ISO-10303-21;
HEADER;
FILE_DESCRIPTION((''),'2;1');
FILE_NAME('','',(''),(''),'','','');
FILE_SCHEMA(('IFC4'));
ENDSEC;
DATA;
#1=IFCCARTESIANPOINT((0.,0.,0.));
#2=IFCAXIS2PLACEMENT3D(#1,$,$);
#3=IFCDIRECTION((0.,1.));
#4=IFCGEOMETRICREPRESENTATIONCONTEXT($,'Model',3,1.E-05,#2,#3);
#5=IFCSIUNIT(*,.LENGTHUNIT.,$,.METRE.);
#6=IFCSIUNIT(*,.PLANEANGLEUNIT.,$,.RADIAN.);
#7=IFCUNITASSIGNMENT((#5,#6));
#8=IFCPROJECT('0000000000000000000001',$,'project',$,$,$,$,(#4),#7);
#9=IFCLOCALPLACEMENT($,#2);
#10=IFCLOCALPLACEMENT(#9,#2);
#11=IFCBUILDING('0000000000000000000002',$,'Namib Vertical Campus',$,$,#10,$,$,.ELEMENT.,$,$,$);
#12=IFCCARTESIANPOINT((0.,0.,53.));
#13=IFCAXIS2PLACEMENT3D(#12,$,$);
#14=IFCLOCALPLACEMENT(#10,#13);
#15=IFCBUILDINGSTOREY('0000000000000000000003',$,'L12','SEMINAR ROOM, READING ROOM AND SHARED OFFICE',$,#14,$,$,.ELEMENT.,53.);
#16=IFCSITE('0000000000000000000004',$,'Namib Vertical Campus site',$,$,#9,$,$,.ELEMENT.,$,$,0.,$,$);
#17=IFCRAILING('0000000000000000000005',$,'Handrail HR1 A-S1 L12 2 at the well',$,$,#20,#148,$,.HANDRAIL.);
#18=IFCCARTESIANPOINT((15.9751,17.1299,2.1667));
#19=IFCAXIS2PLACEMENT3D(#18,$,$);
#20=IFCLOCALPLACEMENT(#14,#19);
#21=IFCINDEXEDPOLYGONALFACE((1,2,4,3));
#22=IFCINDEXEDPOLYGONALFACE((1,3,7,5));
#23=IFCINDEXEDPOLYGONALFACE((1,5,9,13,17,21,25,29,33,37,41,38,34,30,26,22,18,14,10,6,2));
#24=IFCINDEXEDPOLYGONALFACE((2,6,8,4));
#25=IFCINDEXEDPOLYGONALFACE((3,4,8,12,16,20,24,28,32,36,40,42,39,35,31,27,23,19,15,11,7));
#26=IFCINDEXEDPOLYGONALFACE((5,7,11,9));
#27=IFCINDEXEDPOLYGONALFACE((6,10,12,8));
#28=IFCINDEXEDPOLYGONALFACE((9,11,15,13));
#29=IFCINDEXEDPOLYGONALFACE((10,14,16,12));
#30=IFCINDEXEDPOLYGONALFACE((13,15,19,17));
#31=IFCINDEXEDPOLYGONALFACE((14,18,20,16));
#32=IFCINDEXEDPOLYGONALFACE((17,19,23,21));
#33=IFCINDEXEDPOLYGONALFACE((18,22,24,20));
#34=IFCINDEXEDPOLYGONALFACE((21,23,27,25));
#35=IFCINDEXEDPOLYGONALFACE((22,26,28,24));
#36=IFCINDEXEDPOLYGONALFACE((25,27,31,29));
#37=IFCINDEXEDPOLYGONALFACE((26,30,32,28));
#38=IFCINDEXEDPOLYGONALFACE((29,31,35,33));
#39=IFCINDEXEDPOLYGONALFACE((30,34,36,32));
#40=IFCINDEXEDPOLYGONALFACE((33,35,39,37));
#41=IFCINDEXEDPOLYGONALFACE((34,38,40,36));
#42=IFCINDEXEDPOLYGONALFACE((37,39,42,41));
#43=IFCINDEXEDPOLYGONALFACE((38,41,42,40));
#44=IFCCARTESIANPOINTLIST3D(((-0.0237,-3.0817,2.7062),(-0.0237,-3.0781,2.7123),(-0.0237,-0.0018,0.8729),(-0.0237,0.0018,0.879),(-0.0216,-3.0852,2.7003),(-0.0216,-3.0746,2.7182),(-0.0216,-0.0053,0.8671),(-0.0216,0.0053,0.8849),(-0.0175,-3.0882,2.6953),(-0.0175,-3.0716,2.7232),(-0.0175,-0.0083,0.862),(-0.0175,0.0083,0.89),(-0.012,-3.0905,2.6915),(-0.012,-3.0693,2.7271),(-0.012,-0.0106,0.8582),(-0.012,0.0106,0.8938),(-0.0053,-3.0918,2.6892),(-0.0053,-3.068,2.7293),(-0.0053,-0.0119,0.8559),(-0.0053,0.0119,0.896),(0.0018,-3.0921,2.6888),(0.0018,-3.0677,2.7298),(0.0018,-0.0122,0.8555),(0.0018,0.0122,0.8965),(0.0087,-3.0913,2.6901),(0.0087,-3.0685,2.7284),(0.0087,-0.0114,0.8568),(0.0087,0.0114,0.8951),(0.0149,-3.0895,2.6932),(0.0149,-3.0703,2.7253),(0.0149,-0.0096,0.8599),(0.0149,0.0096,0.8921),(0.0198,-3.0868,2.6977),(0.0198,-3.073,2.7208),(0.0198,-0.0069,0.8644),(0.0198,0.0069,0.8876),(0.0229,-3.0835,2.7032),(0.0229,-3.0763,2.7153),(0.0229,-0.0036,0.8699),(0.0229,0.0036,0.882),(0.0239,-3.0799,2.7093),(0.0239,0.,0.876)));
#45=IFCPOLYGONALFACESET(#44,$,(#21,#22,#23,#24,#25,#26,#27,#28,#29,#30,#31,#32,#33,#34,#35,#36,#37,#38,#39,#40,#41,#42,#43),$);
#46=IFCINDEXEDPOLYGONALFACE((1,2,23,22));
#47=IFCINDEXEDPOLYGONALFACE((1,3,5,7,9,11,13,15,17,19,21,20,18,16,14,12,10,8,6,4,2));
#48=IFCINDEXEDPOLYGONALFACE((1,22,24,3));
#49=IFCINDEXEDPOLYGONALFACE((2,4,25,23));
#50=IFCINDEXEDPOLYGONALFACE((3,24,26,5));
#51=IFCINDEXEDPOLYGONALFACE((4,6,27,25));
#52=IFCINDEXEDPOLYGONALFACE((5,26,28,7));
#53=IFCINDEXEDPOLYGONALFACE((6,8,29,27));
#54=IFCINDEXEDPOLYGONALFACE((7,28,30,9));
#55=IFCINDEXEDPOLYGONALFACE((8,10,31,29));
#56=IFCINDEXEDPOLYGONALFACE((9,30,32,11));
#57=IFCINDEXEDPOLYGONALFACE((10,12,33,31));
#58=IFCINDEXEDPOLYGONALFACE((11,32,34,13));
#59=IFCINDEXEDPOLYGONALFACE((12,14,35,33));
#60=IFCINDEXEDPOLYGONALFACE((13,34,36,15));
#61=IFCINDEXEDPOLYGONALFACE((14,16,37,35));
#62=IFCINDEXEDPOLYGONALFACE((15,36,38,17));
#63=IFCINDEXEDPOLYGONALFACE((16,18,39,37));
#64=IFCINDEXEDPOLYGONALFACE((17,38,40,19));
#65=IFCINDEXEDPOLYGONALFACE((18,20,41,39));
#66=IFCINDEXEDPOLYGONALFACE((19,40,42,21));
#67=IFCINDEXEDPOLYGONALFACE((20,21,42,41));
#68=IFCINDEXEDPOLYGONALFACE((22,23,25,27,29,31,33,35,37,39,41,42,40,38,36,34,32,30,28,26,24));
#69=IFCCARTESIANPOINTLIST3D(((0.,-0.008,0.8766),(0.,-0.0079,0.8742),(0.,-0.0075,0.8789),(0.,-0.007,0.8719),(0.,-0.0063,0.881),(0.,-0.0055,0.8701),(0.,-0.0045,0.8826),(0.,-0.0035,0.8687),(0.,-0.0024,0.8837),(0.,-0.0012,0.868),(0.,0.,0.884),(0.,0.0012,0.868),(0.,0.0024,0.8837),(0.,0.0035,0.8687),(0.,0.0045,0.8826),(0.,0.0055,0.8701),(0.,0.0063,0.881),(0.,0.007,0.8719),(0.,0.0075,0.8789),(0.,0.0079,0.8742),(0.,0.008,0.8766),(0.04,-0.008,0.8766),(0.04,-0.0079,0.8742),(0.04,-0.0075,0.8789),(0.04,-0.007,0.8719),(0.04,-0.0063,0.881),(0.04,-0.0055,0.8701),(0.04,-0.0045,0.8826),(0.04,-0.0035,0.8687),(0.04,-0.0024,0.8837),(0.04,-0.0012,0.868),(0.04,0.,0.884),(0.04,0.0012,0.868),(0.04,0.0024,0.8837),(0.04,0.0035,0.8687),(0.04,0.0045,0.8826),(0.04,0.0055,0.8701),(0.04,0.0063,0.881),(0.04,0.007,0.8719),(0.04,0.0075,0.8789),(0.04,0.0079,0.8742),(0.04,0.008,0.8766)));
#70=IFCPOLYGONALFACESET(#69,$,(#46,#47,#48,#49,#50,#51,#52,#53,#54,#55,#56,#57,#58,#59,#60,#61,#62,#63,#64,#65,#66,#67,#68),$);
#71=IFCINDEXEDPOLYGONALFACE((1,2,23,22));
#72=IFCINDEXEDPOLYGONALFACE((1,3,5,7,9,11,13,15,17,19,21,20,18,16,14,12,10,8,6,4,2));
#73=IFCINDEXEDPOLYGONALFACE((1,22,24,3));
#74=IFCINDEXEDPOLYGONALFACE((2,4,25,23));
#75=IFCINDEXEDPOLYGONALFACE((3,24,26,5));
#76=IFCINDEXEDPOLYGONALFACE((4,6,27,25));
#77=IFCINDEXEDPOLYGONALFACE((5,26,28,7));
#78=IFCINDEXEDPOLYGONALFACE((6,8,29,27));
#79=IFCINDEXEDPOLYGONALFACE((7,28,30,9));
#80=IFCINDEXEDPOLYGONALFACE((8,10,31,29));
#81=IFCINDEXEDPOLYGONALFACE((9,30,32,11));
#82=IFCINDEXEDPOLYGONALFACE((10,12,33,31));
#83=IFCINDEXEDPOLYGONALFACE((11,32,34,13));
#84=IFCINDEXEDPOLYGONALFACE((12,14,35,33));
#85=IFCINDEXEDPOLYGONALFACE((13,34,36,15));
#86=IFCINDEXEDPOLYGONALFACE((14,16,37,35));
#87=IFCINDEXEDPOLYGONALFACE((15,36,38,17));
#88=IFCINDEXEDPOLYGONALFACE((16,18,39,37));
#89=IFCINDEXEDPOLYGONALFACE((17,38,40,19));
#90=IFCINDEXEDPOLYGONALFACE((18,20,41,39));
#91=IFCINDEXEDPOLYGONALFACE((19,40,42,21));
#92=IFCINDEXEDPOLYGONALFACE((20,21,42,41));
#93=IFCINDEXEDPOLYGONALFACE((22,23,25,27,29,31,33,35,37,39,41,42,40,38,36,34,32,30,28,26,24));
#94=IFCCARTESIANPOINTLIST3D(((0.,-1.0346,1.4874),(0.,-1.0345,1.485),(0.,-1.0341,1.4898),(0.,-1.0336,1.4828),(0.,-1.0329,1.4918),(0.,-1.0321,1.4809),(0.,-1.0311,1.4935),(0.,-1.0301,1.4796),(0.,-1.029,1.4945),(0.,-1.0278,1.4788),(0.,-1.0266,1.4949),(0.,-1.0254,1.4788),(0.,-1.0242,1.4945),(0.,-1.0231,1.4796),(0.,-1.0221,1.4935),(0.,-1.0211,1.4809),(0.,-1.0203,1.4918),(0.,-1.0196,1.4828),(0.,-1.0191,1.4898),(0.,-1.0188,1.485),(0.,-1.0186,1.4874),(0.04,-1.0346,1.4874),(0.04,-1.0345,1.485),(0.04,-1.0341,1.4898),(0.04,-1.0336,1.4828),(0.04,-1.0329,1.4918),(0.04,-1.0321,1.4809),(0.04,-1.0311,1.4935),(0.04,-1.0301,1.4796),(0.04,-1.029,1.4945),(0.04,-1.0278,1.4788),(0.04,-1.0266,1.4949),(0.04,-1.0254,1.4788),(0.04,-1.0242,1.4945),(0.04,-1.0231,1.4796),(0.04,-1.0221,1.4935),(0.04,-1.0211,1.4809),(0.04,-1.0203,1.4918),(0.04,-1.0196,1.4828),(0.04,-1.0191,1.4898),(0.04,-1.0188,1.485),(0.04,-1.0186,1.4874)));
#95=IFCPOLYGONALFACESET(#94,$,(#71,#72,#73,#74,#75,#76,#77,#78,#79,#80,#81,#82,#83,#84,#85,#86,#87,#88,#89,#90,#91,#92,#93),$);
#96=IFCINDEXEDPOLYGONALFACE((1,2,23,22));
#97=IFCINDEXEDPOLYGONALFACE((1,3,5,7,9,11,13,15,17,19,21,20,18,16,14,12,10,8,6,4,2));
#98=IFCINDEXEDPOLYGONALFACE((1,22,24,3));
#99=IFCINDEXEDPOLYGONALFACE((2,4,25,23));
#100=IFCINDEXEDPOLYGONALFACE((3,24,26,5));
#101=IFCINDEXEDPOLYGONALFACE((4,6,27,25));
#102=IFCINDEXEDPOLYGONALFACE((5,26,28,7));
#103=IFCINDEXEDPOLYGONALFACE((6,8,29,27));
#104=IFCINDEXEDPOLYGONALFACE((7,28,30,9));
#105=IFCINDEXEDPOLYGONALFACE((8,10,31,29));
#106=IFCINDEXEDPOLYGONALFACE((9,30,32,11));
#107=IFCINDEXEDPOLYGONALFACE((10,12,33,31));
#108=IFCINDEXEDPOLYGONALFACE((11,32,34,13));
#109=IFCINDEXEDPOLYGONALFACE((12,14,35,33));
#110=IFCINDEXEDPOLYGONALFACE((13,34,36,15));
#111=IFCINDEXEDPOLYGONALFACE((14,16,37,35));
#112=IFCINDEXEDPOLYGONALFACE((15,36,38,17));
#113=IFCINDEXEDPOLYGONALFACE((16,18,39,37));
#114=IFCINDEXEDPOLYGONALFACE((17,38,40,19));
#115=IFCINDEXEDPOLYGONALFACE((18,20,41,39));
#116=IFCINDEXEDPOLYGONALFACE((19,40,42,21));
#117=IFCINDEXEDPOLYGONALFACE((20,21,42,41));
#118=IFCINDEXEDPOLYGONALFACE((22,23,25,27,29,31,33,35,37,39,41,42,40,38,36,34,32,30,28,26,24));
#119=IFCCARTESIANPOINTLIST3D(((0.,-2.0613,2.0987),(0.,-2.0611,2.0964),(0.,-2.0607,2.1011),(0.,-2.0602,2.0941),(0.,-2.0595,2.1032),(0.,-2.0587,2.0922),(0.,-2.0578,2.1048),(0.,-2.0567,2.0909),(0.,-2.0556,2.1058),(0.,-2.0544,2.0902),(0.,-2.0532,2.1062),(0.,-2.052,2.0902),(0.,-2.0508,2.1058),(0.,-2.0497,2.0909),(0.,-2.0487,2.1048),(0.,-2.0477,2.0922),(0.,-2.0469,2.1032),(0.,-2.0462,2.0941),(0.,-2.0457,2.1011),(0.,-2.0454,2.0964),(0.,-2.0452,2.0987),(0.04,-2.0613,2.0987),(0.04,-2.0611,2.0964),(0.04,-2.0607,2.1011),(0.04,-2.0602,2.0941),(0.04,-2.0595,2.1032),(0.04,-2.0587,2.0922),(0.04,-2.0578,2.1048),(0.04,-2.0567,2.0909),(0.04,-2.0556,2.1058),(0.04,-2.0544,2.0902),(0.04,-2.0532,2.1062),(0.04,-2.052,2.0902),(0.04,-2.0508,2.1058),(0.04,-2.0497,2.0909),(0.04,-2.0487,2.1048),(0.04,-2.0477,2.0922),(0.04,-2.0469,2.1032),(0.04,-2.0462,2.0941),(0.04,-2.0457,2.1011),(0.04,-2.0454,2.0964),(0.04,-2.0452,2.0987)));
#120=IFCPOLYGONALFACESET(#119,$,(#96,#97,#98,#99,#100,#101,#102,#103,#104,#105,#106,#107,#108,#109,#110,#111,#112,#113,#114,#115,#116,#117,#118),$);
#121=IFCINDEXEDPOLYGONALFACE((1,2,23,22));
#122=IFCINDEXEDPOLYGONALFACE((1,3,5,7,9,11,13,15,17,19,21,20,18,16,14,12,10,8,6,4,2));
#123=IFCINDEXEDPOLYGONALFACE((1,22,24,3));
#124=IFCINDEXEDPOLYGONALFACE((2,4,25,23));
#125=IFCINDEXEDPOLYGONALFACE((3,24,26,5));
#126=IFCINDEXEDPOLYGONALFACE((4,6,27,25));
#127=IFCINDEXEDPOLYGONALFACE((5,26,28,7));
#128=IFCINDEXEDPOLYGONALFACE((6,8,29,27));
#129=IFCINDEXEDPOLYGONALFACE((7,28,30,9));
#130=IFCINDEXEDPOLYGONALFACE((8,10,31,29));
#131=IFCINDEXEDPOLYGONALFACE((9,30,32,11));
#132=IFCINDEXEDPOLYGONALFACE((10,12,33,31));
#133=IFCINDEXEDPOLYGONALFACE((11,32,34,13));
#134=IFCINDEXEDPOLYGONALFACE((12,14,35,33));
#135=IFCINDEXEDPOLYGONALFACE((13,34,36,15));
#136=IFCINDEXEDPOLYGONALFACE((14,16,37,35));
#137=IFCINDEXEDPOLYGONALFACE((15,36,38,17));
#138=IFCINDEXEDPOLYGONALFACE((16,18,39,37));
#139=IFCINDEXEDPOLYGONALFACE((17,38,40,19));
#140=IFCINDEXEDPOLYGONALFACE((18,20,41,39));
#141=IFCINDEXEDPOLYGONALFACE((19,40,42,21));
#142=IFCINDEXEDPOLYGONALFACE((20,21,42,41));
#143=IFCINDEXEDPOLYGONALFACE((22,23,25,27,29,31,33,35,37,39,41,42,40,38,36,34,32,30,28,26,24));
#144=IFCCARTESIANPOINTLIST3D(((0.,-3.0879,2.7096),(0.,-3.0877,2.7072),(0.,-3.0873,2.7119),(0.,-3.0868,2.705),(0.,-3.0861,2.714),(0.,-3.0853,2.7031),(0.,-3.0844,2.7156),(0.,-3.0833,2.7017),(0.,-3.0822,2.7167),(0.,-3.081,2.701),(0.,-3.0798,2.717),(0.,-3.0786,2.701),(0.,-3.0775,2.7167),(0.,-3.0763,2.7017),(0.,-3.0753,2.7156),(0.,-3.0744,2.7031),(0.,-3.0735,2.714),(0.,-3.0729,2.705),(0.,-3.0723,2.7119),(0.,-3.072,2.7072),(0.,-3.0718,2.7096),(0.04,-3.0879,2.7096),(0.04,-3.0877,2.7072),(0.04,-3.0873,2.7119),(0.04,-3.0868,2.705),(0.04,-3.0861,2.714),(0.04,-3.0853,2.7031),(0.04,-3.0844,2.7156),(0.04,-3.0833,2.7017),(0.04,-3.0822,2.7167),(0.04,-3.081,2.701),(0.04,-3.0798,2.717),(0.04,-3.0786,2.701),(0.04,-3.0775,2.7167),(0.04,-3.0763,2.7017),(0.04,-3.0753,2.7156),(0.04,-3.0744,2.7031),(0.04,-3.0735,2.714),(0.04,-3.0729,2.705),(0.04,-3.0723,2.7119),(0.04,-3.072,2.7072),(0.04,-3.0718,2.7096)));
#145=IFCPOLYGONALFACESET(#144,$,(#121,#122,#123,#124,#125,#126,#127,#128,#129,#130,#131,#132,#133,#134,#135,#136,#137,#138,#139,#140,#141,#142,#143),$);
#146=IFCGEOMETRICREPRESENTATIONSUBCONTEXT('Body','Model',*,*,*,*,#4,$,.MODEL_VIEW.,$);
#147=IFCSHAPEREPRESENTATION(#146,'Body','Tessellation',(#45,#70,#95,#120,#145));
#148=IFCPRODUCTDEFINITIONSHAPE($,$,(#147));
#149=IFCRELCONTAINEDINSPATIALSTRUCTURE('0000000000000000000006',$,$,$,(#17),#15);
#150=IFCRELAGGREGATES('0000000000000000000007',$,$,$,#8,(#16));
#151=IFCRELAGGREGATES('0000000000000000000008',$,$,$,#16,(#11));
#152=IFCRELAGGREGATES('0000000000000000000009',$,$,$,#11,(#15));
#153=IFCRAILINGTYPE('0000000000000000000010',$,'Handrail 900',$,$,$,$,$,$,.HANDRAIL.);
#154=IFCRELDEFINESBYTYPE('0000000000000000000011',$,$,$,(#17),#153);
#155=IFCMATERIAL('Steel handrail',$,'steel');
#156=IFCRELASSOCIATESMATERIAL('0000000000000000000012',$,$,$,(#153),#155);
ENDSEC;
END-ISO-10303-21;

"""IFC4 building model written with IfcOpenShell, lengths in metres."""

from ifc_helpers import new_model, si_unit, direction, frame, origin, origin_2d, place, context, subcontext, project, spatial, circle, extrude, material, type_object, element, save


model = new_model("IFC4")

# Units and contexts
model_context = context("Model", 3, precision=1e-05, world=origin(), true_north=direction((0.0, 1.0)))
body_context = subcontext(model_context, "Body", "Model", "MODEL_VIEW")
ifc_project = project(units=[si_unit("LENGTHUNIT", "METRE"), si_unit("PLANEANGLEUNIT", "RADIAN")], contexts=[model_context])

# Site, building, storey
site_placement = place(None, origin())
site = spatial("IfcSite", under=ifc_project, at=site_placement, Name="Namib Vertical Campus site", CompositionType="ELEMENT", RefElevation=0.0)
building_placement = place(site_placement, origin())
building = spatial("IfcBuilding", under=site, at=building_placement, Name="Namib Vertical Campus", CompositionType="ELEMENT")
storey_placement = place(building_placement, frame((0.0, 0.0, 53.0)))
storey = spatial("IfcBuildingStorey", under=building, at=storey_placement, Name="L12", Description="SEMINAR ROOM, READING ROOM AND SHARED OFFICE", CompositionType="ELEMENT", Elevation=53.0)

# Railing
ifc_material_1 = material(Name="Steel handrail", Category="steel")
railing_type_1 = type_object("IfcRailingType", Name="Handrail 900", PredefinedType="HANDRAIL", material=ifc_material_1)
railing_1_placement = place(storey_placement, frame((15.9751, 17.1299, 2.1667)))
element("IfcRailing", 1, at=railing_1_placement, inside=storey, type_object=railing_type_1, Name="Handrail HR1 A-S1 L12 2 at the well", PredefinedType="HANDRAIL", context=body_context, shape_type="SweptSolid", body=[
    extrude(circle(Radius=0.0239, at=origin_2d()), frame((0.0, 0.0, 0.876), z_axis=(0.0, -0.859291, 0.511487), x_axis=(1.0, 0.0, 0.0)), (0.0, 0.0, 1.0), 3.5842),
    extrude(circle(Radius=0.0081, at=origin_2d()), frame((0.0, 0.0, 0.876), z_axis=(1.0, 0.0, 0.0), x_axis=(0.0, 0.0, 1.0)), (0.0, 0.0, 1.0), 0.04),
    extrude(circle(Radius=0.0081, at=origin_2d()), frame((0.0, -1.0266, 1.4868), z_axis=(1.0, 0.0, 0.0), x_axis=(0.0, 0.0, 1.0)), (0.0, 0.0, 1.0), 0.04),
    extrude(circle(Radius=0.0081, at=origin_2d()), frame((0.0, -2.0532, 2.0981), z_axis=(1.0, 0.0, 0.0), x_axis=(0.0, 0.0, 1.0)), (0.0, 0.0, 1.0), 0.04),
    extrude(circle(Radius=0.0081, at=origin_2d()), frame((0.0, -3.0798, 2.709), z_axis=(1.0, 0.0, 0.0), x_axis=(0.0, 0.0, 1.0)), (0.0, 0.0, 1.0), 0.04),
])

save(model, "model.ifc")
